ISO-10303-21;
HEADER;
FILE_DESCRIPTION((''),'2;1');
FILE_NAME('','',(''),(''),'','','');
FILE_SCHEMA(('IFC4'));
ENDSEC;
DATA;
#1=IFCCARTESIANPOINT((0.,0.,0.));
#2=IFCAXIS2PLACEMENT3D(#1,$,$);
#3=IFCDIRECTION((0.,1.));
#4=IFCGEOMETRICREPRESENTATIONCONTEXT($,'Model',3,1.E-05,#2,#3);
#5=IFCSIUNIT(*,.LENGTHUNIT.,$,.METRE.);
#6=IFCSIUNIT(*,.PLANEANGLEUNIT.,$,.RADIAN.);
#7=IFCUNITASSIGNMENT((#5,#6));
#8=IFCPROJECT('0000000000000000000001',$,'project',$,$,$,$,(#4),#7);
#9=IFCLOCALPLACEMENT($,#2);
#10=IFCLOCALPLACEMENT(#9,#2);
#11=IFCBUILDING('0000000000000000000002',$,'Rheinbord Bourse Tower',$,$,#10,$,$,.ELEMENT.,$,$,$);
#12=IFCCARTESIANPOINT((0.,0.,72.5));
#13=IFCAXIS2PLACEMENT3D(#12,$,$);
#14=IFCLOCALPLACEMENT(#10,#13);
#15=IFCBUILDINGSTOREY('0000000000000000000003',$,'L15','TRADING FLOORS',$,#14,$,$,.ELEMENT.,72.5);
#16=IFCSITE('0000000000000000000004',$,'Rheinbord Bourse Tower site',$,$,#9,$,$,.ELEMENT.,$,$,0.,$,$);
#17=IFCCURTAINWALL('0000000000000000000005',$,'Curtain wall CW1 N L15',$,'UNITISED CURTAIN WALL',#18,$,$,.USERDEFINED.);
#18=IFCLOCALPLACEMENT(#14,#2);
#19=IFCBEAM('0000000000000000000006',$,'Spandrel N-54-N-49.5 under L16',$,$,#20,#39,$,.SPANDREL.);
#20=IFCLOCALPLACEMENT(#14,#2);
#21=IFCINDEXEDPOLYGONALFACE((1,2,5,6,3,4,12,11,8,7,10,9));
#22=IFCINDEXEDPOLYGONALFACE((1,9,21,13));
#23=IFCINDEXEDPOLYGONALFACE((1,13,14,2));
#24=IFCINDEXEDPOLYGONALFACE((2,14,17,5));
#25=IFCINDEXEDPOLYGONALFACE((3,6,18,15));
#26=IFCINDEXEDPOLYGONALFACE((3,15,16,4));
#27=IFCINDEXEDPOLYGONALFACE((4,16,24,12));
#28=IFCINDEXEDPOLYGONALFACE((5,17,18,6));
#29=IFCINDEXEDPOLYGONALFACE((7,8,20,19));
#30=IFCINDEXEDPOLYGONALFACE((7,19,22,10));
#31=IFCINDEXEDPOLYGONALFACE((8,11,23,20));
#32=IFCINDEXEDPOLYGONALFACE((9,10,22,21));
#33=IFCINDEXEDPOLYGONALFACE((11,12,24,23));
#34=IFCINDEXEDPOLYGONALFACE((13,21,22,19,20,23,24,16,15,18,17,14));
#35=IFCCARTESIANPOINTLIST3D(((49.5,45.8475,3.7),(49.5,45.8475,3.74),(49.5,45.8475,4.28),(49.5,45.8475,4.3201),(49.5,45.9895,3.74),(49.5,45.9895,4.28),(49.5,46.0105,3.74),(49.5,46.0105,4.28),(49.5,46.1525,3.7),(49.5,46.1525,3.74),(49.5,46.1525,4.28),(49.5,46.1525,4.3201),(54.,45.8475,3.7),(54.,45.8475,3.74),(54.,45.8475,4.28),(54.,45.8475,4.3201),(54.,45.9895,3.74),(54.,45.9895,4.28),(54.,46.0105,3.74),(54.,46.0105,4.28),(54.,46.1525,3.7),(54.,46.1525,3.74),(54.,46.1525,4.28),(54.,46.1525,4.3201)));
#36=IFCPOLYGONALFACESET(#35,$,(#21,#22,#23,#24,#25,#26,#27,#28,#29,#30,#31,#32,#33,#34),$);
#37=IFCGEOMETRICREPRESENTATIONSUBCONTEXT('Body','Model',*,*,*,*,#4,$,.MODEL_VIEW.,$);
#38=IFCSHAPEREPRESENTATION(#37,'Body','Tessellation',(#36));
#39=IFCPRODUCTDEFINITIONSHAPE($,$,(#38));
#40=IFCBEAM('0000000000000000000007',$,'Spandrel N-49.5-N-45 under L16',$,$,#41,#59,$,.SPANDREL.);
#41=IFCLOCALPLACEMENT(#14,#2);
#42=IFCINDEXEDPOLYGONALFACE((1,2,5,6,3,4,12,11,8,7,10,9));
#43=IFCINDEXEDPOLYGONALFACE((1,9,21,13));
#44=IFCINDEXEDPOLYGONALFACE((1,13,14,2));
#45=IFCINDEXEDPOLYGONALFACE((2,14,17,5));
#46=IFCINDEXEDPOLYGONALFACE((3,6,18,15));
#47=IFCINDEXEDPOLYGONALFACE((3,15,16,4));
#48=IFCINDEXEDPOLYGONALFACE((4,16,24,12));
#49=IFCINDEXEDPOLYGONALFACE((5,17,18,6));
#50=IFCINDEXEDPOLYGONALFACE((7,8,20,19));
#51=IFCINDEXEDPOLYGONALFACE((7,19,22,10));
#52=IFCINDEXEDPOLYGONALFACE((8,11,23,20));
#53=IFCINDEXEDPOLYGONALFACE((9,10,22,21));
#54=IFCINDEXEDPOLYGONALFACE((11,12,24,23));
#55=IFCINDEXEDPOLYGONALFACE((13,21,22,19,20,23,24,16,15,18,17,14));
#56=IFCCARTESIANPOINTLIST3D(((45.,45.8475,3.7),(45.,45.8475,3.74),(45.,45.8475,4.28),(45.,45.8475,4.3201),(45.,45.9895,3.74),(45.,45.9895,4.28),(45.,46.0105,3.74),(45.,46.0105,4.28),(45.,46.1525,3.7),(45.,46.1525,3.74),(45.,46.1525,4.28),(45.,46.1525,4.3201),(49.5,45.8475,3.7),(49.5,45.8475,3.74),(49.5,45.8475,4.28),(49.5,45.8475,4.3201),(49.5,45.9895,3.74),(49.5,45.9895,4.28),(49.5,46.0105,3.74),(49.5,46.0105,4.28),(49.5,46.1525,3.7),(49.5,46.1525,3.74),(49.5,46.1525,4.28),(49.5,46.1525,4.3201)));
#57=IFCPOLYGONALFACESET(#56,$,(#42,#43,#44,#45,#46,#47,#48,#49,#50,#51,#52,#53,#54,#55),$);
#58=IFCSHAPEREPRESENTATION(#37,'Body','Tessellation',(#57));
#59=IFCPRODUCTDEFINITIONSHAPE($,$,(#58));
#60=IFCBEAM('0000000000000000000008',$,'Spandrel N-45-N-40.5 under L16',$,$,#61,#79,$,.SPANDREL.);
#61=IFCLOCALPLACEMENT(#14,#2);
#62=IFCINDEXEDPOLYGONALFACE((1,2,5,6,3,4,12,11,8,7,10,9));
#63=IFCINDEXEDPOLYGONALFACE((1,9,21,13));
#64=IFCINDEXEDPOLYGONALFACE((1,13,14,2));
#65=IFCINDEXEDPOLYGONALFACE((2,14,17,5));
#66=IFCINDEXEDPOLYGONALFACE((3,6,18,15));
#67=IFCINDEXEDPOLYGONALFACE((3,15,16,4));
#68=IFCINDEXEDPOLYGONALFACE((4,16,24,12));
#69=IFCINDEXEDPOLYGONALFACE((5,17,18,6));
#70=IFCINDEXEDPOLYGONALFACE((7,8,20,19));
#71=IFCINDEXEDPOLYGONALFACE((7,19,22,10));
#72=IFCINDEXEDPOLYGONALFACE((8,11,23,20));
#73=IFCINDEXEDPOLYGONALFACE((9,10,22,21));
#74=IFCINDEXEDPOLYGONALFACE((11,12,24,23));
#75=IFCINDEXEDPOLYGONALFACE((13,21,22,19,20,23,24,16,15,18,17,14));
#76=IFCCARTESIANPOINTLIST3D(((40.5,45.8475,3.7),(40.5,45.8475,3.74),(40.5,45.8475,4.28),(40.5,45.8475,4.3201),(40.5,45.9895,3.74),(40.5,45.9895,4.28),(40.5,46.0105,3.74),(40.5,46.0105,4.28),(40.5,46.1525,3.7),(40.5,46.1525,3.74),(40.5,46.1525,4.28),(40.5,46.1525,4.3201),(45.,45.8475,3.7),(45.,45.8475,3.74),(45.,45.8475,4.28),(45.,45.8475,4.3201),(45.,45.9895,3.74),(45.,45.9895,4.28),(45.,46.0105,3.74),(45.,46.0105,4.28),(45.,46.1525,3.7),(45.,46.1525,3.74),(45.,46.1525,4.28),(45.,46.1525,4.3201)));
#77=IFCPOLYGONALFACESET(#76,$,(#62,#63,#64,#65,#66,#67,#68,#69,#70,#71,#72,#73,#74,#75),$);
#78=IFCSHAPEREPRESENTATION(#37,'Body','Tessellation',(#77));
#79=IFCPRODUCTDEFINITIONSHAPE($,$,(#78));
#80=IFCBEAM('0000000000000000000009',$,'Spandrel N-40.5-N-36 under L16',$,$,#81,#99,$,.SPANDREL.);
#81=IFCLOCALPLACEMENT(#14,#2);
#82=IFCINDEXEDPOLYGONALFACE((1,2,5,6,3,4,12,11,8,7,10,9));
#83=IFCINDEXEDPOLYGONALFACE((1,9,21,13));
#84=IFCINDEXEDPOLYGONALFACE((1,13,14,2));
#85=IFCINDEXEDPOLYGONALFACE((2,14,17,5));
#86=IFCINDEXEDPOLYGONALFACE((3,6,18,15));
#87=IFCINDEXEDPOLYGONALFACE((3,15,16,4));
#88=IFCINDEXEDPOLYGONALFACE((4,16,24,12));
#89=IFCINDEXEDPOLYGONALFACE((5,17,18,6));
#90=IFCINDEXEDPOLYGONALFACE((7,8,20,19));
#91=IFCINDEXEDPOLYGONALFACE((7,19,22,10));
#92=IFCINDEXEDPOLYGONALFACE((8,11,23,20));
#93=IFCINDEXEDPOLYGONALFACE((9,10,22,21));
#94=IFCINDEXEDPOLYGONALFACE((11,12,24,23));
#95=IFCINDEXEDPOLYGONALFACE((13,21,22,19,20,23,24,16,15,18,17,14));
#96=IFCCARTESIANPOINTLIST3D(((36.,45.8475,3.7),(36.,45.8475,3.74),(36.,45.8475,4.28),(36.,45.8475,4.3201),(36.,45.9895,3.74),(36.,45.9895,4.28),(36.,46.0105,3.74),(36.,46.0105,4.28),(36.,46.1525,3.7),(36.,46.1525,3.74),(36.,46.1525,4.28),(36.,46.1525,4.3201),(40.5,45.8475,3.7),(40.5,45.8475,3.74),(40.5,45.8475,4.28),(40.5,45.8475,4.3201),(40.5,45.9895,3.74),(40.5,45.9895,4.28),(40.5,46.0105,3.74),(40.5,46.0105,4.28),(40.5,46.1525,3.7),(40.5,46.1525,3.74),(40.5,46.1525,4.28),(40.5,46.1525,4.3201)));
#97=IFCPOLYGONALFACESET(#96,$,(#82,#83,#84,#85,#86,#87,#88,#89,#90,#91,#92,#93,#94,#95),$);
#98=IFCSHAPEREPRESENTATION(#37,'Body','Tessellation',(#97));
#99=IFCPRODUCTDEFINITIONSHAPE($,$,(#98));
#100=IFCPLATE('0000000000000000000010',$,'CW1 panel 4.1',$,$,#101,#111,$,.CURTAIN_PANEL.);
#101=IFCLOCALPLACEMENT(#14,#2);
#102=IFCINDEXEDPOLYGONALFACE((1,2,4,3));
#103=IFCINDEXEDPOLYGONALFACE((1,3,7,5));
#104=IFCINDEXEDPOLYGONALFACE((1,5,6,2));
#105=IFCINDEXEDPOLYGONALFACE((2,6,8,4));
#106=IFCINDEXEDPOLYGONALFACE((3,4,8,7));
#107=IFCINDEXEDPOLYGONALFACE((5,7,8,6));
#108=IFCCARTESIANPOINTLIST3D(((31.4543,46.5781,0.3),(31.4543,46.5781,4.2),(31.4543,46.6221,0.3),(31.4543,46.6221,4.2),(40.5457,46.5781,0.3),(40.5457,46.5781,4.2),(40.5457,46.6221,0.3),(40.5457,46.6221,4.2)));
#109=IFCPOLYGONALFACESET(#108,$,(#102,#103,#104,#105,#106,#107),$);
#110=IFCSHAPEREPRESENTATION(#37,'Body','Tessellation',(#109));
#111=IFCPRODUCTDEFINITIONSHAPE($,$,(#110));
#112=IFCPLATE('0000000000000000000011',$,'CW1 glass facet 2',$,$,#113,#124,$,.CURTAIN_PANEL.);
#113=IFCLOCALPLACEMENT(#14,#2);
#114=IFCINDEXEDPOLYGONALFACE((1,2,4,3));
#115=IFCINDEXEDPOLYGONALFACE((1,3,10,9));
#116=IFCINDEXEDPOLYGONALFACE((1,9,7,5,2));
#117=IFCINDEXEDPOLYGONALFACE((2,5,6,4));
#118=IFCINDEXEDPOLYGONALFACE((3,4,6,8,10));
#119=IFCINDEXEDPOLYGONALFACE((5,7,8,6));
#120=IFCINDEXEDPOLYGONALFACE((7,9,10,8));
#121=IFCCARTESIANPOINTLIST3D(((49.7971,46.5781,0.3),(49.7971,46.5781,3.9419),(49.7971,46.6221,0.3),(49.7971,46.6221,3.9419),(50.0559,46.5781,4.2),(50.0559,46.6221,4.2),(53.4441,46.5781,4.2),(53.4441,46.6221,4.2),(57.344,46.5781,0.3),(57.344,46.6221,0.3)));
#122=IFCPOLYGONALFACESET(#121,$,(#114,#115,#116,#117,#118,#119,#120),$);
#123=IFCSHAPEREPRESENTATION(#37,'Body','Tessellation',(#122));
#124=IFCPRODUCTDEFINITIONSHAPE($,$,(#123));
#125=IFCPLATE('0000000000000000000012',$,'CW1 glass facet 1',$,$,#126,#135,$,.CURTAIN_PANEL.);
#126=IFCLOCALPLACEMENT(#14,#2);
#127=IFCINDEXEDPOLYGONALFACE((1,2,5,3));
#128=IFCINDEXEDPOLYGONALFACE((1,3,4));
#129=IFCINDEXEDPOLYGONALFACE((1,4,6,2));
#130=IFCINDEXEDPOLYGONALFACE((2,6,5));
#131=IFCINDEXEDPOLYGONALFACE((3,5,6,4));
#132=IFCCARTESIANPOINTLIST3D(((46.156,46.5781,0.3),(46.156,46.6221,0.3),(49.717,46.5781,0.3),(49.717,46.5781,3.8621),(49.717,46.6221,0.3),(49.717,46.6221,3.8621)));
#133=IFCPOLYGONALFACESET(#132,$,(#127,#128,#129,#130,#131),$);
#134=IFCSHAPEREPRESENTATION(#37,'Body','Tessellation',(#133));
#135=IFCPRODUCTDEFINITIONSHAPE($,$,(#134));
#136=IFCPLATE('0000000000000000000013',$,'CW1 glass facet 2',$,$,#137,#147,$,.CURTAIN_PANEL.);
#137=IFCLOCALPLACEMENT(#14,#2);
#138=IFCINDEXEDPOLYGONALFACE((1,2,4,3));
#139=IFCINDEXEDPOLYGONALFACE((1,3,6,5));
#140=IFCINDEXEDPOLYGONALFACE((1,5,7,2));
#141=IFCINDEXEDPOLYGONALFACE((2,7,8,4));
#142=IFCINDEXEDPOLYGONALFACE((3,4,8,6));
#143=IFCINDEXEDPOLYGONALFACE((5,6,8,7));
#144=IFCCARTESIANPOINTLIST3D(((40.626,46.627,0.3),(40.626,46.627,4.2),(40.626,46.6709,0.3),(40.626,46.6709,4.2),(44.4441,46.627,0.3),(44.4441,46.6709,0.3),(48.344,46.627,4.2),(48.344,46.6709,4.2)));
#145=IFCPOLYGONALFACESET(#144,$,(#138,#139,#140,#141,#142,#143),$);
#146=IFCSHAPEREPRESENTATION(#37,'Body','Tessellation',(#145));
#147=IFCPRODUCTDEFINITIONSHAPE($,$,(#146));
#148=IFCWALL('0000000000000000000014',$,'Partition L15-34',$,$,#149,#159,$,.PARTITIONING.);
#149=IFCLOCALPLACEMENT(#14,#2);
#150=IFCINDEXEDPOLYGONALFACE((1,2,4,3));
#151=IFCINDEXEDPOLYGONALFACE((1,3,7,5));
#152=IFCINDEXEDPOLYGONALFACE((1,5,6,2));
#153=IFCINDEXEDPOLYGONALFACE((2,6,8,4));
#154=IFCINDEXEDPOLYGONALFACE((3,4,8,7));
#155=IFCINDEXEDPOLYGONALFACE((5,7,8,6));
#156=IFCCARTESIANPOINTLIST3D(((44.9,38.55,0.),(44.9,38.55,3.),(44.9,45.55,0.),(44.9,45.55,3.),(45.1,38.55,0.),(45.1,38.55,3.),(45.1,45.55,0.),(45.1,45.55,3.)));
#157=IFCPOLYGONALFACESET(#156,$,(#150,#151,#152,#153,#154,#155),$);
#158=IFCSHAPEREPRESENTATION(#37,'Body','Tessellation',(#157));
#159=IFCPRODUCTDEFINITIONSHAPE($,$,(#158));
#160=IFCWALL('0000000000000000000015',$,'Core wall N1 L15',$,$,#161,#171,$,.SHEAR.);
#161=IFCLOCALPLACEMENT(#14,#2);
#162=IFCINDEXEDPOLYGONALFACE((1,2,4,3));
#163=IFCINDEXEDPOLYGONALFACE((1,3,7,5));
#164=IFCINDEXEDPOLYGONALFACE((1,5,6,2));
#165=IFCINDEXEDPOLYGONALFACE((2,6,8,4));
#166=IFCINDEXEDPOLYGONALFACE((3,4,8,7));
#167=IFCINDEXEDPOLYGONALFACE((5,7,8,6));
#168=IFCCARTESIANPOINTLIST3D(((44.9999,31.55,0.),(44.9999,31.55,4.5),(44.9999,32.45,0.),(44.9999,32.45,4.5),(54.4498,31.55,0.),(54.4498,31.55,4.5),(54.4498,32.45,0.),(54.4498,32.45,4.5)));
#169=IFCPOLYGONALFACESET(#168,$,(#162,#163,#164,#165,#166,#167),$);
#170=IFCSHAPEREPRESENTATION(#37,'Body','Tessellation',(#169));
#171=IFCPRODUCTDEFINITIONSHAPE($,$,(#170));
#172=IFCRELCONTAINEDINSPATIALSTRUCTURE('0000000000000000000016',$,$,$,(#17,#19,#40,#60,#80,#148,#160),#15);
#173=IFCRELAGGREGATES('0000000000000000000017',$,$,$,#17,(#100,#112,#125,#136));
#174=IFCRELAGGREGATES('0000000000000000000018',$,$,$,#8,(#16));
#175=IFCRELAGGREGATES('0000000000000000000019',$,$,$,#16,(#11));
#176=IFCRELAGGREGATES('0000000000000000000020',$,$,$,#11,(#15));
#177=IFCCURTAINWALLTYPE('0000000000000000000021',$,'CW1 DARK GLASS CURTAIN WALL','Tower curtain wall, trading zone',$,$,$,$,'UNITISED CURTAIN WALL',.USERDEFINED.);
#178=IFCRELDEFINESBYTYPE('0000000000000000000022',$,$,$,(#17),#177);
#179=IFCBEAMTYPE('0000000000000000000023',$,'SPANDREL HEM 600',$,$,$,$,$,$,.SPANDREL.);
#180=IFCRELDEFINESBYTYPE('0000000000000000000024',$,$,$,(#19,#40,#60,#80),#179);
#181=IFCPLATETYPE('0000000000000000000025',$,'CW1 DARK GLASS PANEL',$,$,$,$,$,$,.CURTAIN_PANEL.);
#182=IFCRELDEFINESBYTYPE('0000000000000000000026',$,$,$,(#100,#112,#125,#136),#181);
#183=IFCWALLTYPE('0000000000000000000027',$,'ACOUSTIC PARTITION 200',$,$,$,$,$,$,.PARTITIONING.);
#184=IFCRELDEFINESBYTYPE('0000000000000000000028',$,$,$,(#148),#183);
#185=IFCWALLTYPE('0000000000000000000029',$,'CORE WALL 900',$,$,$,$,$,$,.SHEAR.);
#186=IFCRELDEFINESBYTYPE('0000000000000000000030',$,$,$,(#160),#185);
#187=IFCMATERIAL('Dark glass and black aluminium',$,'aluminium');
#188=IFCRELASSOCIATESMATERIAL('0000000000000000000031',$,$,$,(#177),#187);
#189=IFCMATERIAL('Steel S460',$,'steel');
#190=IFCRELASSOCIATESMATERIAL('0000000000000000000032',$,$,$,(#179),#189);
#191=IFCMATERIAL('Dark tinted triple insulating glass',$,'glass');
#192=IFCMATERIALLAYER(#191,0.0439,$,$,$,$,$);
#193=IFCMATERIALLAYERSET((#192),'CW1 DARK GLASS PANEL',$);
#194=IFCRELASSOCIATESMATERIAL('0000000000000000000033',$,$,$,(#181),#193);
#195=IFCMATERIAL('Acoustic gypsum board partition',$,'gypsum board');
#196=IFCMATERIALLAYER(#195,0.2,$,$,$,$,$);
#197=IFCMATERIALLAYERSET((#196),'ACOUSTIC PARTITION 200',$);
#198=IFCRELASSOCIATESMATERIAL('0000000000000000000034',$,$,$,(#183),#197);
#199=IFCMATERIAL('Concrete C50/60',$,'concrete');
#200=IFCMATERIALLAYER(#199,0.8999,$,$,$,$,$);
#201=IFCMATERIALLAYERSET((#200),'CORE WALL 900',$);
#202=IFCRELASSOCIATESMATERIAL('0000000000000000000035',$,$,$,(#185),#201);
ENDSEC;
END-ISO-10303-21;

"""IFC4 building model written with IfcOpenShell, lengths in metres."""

from ifc_helpers import new_model, si_unit, direction, frame, frame_2d, origin, origin_2d, place, context, subcontext, project, spatial, polyline, rectangle, i_section, outline, extrude, material, layer, layer_set, material_profile, profile_set, type_object, element, aggregate, save


model = new_model("IFC4")

# Units and contexts
model_context = context("Model", 3, precision=1e-05, world=origin(), true_north=direction((0.0, 1.0)))
body_context = subcontext(model_context, "Body", "Model", "MODEL_VIEW")
ifc_project = project(units=[si_unit("LENGTHUNIT", "METRE"), si_unit("PLANEANGLEUNIT", "RADIAN")], contexts=[model_context])

# Site, building, storey
site_placement = place(None, origin())
site = spatial("IfcSite", under=ifc_project, at=site_placement, Name="Rheinbord Bourse Tower site", CompositionType="ELEMENT", RefElevation=0.0)
building_placement = place(site_placement, origin())
building = spatial("IfcBuilding", under=site, at=building_placement, Name="Rheinbord Bourse Tower", CompositionType="ELEMENT")
storey_placement = place(building_placement, frame((0.0, 0.0, 72.5)))
storey = spatial("IfcBuildingStorey", under=building, at=storey_placement, Name="L15", Description="TRADING FLOORS", CompositionType="ELEMENT", Elevation=72.5)

# Curtain wall
ifc_material_1 = material(Name="Dark glass and black aluminium", Category="aluminium")
curtain_wall_type = type_object("IfcCurtainWallType", Name="CW1 DARK GLASS CURTAIN WALL", Description="Tower curtain wall, trading zone", ElementType="UNITISED CURTAIN WALL", PredefinedType="USERDEFINED", material=ifc_material_1)
curtain_wall_placement = place(storey_placement, origin())
curtain_wall = element("IfcCurtainWall", 1, at=curtain_wall_placement, inside=storey, type_object=curtain_wall_type, Name="Curtain wall CW1 N L15", ObjectType="UNITISED CURTAIN WALL", PredefinedType="USERDEFINED")

# Beams
ifc_material_2 = material(Name="Steel S460", Category="steel")
ifc_material_profile_1 = material_profile(ifc_material_2, i_section(OverallWidth=0.3049, OverallDepth=0.6201, WebThickness=0.021, FlangeThickness=0.04, at=origin_2d()), Name="HEM 600")
ifc_profile_set_1 = profile_set([ifc_material_profile_1], Name="Steel S460")
beam_type_1 = type_object("IfcBeamType", Name="SPANDREL HEM 600", PredefinedType="SPANDREL", material=ifc_profile_set_1)
for number, where, z_axis, x_axis, name in (
    (2, (54.0, 46.0, 4.01), (-1.0, 0.0, 0.0), (0.0, -1.0, 0.0), "Spandrel N-54-N-49.5 under L16"),
    (3, (49.5, 46.0, 4.01), (-1.0, 0.0, 0.0), (0.0, -1.0, 0.0), "Spandrel N-49.5-N-45 under L16"),
    (4, (45.0, 46.0, 4.01), (-1.0, 0.0, 0.0), (0.0, -1.0, 0.0), "Spandrel N-45-N-40.5 under L16"),
    (5, (40.5, 46.0, 4.01), (-1.0, 0.0, 0.0), (0.0, -1.0, 0.0), "Spandrel N-40.5-N-36 under L16"),
):
    element("IfcBeam", number, at=place(storey_placement, frame(where, z_axis=z_axis, x_axis=x_axis)), inside=storey, type_object=beam_type_1, Name=name, PredefinedType="SPANDREL", context=body_context, shape_type="SweptSolid", body=[
        extrude(i_section(OverallWidth=0.3049, OverallDepth=0.6201, WebThickness=0.021, FlangeThickness=0.04, at=origin_2d()), origin(), (0.0, 0.0, 1.0), 4.5),
    ])

# Plates
ifc_material_3 = material(Name="Dark tinted triple insulating glass", Category="glass")
ifc_layer_1 = layer(ifc_material_3, 0.0439)
ifc_layer_set_1 = layer_set([ifc_layer_1], Name="CW1 DARK GLASS PANEL")
plate_type = type_object("IfcPlateType", Name="CW1 DARK GLASS PANEL", PredefinedType="CURTAIN_PANEL", material=ifc_layer_set_1)
plate_1_placement = place(storey_placement, frame((36.0, 46.6001, 0.3), z_axis=(0.0, 0.0, 1.0), x_axis=(-1.0, 0.0, 0.0)))
plate_1 = element("IfcPlate", 6, at=plate_1_placement, type_object=plate_type, Name="CW1 panel 4.1", PredefinedType="CURTAIN_PANEL", context=body_context, shape_type="SweptSolid", body=[
    extrude(rectangle(XDim=9.0913, YDim=0.0439, at=origin_2d()), origin(), (0.0, 0.0, 1.0), 3.8999),
])
plate_2_placement = place(storey_placement, frame((49.7971, 46.6221, 0.3), z_axis=(0.0, -1.0, 0.0), x_axis=(1.0, 0.0, 0.0)))
plate_2 = element("IfcPlate", 7, at=plate_2_placement, type_object=plate_type, Name="CW1 glass facet 2", PredefinedType="CURTAIN_PANEL", context=body_context, shape_type="SweptSolid", body=[
    extrude(outline(polyline([(0.0, 0.0), (7.5469, 0.0), (3.647, 3.8999), (0.2588, 3.8999), (0.0, 3.6418), (0.0, 0.0)])), origin(), (0.0, 0.0, 1.0), 0.0439),
])
plate_3_placement = place(storey_placement, frame((49.717, 46.6221, 0.3), z_axis=(0.0, -1.0, 0.0), x_axis=(0.0, 0.0, 1.0)))
plate_3 = element("IfcPlate", 8, at=plate_3_placement, type_object=plate_type, Name="CW1 glass facet 1", PredefinedType="CURTAIN_PANEL", context=body_context, shape_type="SweptSolid", body=[
    extrude(outline(polyline([(0.0, 0.0), (3.562, 0.0), (0.0, 3.561), (0.0, 0.0)])), origin(), (0.0, 0.0, 1.0), 0.0439),
])
plate_4_placement = place(storey_placement, frame((40.626, 46.6709, 4.2), z_axis=(0.0, -1.0, 0.0), x_axis=(0.0, 0.0, -1.0)))
plate_4 = element("IfcPlate", 9, at=plate_4_placement, type_object=plate_type, Name="CW1 glass facet 2", PredefinedType="CURTAIN_PANEL", context=body_context, shape_type="SweptSolid", body=[
    extrude(outline(polyline([(0.0, 0.0), (3.8999, 0.0), (3.8999, 3.8181), (0.0, 7.718), (0.0, 0.0)])), origin(), (0.0, 0.0, 1.0), 0.0439),
])
aggregate(curtain_wall, [plate_1, plate_2, plate_3, plate_4])

# Walls
ifc_material_4 = material(Name="Acoustic gypsum board partition", Category="gypsum board")
ifc_layer_2 = layer(ifc_material_4, 0.2)
ifc_layer_set_2 = layer_set([ifc_layer_2], Name="ACOUSTIC PARTITION 200")
wall_type_1 = type_object("IfcWallType", Name="ACOUSTIC PARTITION 200", PredefinedType="PARTITIONING", material=ifc_layer_set_2)
wall_1_placement = place(storey_placement, frame((45.0, 38.55, 0.0), z_axis=(0.0, 0.0, 1.0), x_axis=(0.0, 1.0, 0.0)))
element("IfcWall", 10, at=wall_1_placement, inside=storey, type_object=wall_type_1, Name="Partition L15-34", PredefinedType="PARTITIONING", context=body_context, shape_type="SweptSolid", body=[
    extrude(rectangle(XDim=7.0, YDim=0.2, at=frame_2d((3.5, 0.0))), origin(), (0.0, 0.0, 1.0), 3.0),
])
ifc_material_5 = material(Name="Concrete C50/60", Category="concrete")
ifc_layer_3 = layer(ifc_material_5, 0.8999)
ifc_layer_set_3 = layer_set([ifc_layer_3], Name="CORE WALL 900")
wall_type_2 = type_object("IfcWallType", Name="CORE WALL 900", PredefinedType="SHEAR", material=ifc_layer_set_3)
wall_2_placement = place(storey_placement, frame((54.45, 32.0, 0.0), z_axis=(0.0, 0.0, 1.0), x_axis=(-1.0, 0.0, 0.0)))
element("IfcWall", 11, at=wall_2_placement, inside=storey, type_object=wall_type_2, Name="Core wall N1 L15", PredefinedType="SHEAR", context=body_context, shape_type="SweptSolid", body=[
    extrude(rectangle(XDim=9.45, YDim=0.8999, at=frame_2d((4.7251, 0.0))), origin(), (0.0, 0.0, 1.0), 4.5),
])

save(model, "model.ifc")
